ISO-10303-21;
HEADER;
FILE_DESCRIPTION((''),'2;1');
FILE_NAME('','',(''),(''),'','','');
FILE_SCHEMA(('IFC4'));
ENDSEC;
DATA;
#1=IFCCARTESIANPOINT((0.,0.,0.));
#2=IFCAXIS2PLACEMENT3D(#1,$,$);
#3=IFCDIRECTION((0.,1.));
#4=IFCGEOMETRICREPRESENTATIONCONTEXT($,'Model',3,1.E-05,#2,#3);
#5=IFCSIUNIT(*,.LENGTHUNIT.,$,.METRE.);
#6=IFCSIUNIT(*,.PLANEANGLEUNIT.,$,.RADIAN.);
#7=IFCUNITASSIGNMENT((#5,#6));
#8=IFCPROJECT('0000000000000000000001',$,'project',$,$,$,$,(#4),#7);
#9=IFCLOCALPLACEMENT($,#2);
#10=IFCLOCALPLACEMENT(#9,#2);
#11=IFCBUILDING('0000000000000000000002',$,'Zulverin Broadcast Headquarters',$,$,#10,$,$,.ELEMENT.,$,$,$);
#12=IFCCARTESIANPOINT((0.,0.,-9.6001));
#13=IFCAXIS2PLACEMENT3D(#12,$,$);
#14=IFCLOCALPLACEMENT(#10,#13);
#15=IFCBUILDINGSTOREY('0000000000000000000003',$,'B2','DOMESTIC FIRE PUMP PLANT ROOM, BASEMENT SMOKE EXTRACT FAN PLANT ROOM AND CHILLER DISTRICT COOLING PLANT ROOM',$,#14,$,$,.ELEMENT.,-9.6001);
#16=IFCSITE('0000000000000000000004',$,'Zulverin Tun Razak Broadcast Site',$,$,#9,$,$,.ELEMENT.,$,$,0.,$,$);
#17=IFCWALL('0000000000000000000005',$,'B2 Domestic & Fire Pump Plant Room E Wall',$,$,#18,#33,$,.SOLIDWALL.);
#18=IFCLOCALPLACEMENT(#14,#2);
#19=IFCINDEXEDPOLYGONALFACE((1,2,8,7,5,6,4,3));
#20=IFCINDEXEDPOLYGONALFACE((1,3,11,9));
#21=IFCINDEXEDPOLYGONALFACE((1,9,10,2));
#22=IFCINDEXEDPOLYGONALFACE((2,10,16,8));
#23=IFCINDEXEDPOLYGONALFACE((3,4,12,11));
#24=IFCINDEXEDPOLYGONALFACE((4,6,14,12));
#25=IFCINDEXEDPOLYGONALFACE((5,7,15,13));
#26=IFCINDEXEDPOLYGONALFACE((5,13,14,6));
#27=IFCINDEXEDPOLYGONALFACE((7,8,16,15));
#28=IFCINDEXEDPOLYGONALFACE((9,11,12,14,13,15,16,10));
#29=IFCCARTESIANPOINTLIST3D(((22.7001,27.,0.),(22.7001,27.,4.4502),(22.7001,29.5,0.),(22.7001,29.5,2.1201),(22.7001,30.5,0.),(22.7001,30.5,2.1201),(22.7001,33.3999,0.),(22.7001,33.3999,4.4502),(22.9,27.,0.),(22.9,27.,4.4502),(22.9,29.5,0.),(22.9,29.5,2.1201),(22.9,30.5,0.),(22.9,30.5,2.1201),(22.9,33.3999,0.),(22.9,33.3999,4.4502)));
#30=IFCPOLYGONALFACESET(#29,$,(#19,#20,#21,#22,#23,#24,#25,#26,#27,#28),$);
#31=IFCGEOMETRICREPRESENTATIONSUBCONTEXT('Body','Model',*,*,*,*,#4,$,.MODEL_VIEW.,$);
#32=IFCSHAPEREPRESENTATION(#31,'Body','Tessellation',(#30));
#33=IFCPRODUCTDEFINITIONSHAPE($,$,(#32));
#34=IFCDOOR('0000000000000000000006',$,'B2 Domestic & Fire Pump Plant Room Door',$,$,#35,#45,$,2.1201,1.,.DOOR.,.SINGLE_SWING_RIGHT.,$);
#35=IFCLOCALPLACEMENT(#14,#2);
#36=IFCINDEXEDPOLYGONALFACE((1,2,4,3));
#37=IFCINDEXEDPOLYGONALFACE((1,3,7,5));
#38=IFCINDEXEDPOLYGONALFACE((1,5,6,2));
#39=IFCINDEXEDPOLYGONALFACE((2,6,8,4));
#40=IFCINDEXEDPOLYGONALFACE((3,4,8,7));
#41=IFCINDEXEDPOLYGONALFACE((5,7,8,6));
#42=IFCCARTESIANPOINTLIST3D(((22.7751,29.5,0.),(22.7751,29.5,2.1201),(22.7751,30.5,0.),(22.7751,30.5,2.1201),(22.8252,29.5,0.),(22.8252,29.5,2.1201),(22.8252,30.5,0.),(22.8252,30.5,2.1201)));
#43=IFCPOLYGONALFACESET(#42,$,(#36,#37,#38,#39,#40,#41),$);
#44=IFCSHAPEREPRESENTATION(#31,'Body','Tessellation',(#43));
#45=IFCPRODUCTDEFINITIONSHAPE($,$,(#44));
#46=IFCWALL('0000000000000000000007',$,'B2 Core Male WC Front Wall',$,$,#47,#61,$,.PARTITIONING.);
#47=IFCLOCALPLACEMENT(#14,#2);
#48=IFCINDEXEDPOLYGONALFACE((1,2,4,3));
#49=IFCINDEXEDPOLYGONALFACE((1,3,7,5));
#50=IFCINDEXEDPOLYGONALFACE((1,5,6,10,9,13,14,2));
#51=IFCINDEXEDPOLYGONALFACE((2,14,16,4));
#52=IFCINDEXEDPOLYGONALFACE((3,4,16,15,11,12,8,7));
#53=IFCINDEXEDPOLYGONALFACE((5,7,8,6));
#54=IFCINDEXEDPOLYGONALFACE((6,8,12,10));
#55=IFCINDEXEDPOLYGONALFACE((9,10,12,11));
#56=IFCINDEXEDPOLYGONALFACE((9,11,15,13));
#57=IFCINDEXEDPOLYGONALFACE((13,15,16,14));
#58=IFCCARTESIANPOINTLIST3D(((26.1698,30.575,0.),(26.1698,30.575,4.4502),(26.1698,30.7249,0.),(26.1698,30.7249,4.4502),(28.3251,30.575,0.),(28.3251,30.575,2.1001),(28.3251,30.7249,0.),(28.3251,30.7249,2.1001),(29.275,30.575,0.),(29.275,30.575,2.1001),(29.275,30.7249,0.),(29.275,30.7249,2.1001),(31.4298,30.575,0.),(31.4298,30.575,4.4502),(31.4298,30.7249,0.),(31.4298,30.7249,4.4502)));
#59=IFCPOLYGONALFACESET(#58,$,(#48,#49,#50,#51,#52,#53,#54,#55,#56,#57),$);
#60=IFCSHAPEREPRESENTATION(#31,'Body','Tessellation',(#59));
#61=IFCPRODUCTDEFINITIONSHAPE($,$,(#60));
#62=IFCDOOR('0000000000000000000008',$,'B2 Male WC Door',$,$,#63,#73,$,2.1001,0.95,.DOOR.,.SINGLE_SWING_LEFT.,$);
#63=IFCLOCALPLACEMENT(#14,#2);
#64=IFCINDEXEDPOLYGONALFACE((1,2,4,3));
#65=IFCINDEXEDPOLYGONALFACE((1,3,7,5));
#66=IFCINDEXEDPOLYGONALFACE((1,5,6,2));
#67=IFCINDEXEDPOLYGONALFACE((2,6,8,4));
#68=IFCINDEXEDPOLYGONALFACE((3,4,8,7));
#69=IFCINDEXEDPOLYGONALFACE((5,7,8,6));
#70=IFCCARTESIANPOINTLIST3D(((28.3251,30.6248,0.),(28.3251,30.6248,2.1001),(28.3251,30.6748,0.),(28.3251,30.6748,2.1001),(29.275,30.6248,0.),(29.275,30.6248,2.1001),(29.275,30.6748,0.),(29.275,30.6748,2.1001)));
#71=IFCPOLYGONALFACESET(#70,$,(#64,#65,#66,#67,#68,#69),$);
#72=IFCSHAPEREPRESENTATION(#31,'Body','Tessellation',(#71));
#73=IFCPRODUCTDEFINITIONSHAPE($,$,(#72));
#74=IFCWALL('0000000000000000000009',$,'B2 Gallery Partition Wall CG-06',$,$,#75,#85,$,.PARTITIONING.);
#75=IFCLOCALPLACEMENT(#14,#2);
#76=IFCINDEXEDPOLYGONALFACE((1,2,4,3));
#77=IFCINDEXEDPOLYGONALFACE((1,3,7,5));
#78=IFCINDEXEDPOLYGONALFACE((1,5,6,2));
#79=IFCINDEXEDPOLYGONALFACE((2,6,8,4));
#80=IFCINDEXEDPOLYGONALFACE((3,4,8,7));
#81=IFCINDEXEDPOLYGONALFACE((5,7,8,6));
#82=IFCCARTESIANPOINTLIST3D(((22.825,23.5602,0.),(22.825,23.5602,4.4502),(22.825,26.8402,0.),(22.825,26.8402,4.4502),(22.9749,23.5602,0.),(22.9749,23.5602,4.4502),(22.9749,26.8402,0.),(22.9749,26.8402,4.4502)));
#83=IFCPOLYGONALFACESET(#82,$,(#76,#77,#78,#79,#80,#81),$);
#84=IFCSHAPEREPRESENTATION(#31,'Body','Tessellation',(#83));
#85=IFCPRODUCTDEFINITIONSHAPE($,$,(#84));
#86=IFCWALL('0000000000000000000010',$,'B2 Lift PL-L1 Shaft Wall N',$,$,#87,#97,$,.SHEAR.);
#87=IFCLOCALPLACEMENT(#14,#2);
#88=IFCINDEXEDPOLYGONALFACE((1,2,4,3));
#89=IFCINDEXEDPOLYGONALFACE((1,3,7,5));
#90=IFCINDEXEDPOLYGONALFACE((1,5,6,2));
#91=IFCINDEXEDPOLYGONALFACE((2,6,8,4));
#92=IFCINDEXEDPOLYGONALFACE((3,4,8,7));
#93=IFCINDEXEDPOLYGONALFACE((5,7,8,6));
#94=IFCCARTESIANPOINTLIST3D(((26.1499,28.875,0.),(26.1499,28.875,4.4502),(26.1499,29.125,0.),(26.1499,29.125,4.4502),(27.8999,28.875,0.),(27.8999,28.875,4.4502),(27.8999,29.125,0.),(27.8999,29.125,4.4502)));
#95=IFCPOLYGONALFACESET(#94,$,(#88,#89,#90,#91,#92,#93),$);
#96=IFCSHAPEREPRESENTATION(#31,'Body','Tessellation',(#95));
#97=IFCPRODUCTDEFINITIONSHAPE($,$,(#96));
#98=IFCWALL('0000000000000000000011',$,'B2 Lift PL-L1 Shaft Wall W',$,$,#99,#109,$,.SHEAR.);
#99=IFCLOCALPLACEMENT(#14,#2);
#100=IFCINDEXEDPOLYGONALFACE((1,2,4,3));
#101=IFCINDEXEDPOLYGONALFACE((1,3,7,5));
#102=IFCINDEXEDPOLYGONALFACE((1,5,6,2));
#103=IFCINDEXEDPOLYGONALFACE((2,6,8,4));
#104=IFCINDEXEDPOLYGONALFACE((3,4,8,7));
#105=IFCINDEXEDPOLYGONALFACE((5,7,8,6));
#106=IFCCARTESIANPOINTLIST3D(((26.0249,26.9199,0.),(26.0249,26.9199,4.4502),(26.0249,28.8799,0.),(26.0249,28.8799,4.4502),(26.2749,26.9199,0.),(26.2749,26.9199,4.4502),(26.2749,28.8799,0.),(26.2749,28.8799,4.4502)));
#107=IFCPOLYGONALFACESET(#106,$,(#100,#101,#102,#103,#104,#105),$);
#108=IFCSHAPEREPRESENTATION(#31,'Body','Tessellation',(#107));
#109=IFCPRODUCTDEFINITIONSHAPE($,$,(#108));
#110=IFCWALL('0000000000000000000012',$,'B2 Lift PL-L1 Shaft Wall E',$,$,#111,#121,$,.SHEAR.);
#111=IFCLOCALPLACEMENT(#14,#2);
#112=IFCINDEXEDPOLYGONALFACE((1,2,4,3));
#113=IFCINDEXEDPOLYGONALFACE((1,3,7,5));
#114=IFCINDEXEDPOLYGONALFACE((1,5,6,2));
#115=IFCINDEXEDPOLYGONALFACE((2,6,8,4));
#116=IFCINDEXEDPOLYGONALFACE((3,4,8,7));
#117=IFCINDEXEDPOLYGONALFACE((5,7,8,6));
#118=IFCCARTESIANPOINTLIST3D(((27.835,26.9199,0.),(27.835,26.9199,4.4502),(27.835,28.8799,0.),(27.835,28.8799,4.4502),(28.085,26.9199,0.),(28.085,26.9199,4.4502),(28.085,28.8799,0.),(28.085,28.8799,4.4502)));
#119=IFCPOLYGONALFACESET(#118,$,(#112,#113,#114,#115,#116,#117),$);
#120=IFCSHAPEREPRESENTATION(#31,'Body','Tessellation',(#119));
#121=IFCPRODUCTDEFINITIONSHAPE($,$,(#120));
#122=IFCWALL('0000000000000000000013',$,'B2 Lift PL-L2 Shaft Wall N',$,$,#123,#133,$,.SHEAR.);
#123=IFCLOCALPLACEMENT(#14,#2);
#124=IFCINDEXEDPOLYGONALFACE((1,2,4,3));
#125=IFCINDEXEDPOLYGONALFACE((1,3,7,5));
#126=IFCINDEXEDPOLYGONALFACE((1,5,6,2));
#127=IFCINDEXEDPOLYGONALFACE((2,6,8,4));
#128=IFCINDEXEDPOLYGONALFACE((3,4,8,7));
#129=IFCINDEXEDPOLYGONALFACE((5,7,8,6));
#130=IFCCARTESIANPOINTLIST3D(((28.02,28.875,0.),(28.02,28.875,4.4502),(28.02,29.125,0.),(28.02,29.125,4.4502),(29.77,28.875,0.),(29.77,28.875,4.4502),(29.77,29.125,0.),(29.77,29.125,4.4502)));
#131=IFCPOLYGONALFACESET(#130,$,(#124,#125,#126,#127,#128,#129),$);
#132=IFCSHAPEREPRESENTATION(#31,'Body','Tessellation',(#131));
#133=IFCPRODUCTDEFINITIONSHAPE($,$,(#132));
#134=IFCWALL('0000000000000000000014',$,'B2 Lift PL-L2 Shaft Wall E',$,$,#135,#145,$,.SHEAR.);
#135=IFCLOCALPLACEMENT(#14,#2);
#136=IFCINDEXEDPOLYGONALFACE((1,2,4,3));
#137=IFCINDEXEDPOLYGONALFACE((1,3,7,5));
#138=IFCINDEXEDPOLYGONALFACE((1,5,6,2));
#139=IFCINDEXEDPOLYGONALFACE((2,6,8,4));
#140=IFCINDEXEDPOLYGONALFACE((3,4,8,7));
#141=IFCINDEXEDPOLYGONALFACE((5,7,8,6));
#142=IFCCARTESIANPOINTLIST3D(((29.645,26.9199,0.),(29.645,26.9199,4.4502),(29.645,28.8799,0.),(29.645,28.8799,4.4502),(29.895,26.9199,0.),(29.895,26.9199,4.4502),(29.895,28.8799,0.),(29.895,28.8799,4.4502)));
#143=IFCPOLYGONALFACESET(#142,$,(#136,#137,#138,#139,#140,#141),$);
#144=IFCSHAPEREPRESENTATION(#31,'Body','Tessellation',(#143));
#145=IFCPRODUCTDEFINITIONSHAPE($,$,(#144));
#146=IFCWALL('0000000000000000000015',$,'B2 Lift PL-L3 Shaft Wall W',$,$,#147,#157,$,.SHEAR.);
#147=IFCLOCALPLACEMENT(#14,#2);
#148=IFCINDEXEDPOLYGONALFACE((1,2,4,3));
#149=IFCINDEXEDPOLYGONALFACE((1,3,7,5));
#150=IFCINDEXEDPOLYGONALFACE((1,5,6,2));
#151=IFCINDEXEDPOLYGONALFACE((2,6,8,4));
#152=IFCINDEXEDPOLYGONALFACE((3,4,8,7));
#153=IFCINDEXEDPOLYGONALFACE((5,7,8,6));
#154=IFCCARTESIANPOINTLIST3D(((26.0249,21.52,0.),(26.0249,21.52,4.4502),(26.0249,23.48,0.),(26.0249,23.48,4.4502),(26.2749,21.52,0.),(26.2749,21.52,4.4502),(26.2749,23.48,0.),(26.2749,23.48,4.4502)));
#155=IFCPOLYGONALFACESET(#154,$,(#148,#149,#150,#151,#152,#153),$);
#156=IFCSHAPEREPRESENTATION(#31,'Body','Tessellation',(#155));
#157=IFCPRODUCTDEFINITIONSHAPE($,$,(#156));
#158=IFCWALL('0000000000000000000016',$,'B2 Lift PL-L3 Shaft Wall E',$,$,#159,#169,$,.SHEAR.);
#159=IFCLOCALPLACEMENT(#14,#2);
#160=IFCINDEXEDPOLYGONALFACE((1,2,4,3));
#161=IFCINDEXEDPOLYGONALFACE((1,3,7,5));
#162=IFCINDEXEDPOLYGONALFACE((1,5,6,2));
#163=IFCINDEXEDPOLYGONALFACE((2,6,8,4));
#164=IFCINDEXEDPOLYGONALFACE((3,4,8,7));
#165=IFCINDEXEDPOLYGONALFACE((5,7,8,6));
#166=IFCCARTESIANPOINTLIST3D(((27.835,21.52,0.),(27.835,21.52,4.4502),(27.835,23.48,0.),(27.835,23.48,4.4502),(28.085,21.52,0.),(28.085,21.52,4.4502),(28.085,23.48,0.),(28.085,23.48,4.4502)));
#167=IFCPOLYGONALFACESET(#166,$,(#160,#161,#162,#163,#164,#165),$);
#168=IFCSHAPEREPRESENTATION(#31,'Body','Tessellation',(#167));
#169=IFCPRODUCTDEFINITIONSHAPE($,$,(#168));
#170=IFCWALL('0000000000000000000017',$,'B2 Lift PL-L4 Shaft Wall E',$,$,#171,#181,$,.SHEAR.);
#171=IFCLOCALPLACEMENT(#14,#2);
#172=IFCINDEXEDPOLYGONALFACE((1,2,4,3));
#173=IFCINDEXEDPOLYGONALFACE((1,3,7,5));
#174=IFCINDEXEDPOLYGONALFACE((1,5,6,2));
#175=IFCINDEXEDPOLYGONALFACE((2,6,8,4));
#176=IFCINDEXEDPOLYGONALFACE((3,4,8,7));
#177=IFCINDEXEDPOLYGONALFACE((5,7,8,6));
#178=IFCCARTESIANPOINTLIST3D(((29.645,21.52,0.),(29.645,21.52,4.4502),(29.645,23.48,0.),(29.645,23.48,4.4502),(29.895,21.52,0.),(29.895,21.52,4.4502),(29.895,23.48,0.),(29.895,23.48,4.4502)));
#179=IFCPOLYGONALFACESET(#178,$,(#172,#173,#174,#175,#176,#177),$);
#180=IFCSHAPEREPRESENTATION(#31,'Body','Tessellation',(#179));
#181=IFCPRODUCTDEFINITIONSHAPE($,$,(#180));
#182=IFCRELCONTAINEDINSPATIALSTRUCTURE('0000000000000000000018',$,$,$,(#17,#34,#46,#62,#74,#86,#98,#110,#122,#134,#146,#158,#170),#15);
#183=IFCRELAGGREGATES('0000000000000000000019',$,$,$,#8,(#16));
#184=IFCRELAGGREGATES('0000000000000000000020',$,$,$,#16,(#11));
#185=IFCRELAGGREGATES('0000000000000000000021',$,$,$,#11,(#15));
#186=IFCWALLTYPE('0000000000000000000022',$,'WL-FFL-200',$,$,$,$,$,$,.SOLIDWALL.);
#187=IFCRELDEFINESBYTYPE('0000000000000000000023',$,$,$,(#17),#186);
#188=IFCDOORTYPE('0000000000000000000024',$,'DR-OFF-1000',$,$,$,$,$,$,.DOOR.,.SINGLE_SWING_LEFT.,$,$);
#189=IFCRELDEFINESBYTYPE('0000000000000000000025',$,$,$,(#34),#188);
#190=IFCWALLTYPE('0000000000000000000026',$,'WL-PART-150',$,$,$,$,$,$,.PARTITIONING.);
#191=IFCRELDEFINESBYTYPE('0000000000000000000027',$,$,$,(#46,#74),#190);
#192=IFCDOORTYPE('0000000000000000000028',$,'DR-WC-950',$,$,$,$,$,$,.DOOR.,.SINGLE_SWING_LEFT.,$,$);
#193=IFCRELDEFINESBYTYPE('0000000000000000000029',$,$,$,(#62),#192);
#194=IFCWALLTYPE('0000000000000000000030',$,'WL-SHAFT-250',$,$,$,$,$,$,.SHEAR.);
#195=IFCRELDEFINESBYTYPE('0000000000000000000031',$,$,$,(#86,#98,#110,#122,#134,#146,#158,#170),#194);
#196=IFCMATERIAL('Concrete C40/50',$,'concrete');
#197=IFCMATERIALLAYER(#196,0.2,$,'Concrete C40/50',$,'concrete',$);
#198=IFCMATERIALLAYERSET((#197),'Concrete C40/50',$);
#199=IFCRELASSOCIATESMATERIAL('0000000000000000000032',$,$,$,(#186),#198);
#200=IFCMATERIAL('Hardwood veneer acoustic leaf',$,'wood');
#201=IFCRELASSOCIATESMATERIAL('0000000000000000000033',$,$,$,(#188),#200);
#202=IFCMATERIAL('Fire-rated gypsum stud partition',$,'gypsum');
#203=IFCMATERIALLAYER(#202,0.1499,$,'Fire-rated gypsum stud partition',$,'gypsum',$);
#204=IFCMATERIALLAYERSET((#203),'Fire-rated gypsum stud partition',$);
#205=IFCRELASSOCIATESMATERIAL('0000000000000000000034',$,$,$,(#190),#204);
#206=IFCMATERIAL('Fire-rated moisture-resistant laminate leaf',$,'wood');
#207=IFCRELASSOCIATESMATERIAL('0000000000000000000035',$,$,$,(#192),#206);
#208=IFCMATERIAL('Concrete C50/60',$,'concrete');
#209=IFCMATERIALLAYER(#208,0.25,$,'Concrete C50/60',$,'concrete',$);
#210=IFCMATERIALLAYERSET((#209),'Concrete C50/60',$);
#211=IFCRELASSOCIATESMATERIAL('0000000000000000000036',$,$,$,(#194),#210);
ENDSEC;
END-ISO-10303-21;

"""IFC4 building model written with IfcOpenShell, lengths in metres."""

from ifc_helpers import new_model, si_unit, direction, frame, frame_2d, origin, place, context, subcontext, project, spatial, rectangle, extrude, material, layer, layer_set, type_object, element, fill, save


model = new_model("IFC4")

# Units and contexts
model_context = context("Model", 3, precision=1e-05, world=origin(), true_north=direction((0.0, 1.0)))
body_context = subcontext(model_context, "Body", "Model", "MODEL_VIEW")
ifc_project = project(units=[si_unit("LENGTHUNIT", "METRE"), si_unit("PLANEANGLEUNIT", "RADIAN")], contexts=[model_context])

# Site, building, storey
site_placement = place(None, origin())
site = spatial("IfcSite", under=ifc_project, at=site_placement, Name="Zulverin Tun Razak Broadcast Site", CompositionType="ELEMENT", RefElevation=0.0)
building_placement = place(site_placement, origin())
building = spatial("IfcBuilding", under=site, at=building_placement, Name="Zulverin Broadcast Headquarters", CompositionType="ELEMENT")
storey_placement = place(building_placement, frame((0.0, 0.0, -9.6001)))
storey = spatial("IfcBuildingStorey", under=building, at=storey_placement, Name="B2", Description="DOMESTIC FIRE PUMP PLANT ROOM, BASEMENT SMOKE EXTRACT FAN PLANT ROOM AND CHILLER DISTRICT COOLING PLANT ROOM", CompositionType="ELEMENT", Elevation=-9.6001)

# Shared definitions
ifc_material_1 = material(Name="Concrete C50/60", Category="concrete")

# Shared definitions
ifc_material_2 = material(Name="Concrete C40/50", Category="concrete")

# Walls, openings, doors
ifc_layer_1 = layer(ifc_material_2, 0.2, Name="Concrete C40/50", Category="concrete")
ifc_layer_set_1 = layer_set([ifc_layer_1], Name="Concrete C40/50")
wall_type_1 = type_object("IfcWallType", Name="WL-FFL-200", PredefinedType="SOLIDWALL", material=ifc_layer_set_1)
wall_1_placement = place(storey_placement, frame((22.8, 27.0, 0.0), z_axis=(0.0, 0.0, 1.0), x_axis=(0.0, 1.0, 0.0)))
wall_1 = element("IfcWall", 1, at=wall_1_placement, inside=storey, type_object=wall_type_1, Name="B2 Domestic & Fire Pump Plant Room E Wall", PredefinedType="SOLIDWALL", context=body_context, shape_type="SweptSolid", body=[
    extrude(rectangle(XDim=6.3999, YDim=0.2, at=frame_2d((3.2, 0.0))), origin(), (0.0, 0.0, 1.0), 4.4502),
])
opening_1_placement = place(wall_1_placement, frame((2.5, 0.0, 0.0)))
opening_1 = element("IfcOpeningElement", 2, at=opening_1_placement, cuts=wall_1, PredefinedType="OPENING", context=body_context, shape_type="SweptSolid", body=[
    extrude(rectangle(XDim=1.0, YDim=2.1201, at=frame_2d((0.5, 1.0601))), frame((0.0, 0.1099, 0.0), z_axis=(0.0, -1.0, 0.0), x_axis=(1.0, 0.0, 0.0)), (0.0, 0.0, 1.0), 0.22),
])
ifc_material_3 = material(Name="Hardwood veneer acoustic leaf", Category="wood")
door_type_1 = type_object("IfcDoorType", Name="DR-OFF-1000", OperationType="SINGLE_SWING_LEFT", PredefinedType="DOOR", material=ifc_material_3)
door_1_placement = place(opening_1_placement, origin())
door_1 = element("IfcDoor", 3, at=door_1_placement, inside=storey, type_object=door_type_1, Name="B2 Domestic & Fire Pump Plant Room Door", OperationType="SINGLE_SWING_RIGHT", OverallHeight=2.1201, OverallWidth=1.0, PredefinedType="DOOR", context=body_context, shape_type="SweptSolid", body=[
    extrude(rectangle(XDim=1.0, YDim=2.1201, at=frame_2d((0.5, 1.0601))), frame((0.0, 0.0249, 0.0), z_axis=(0.0, -1.0, 0.0), x_axis=(1.0, 0.0, 0.0)), (0.0, 0.0, 1.0), 0.05),
])
fill(opening_1, door_1)
ifc_material_4 = material(Name="Fire-rated gypsum stud partition", Category="gypsum")
ifc_layer_2 = layer(ifc_material_4, 0.1499, Name="Fire-rated gypsum stud partition", Category="gypsum")
ifc_layer_set_2 = layer_set([ifc_layer_2], Name="Fire-rated gypsum stud partition")
wall_type_2 = type_object("IfcWallType", Name="WL-PART-150", PredefinedType="PARTITIONING", material=ifc_layer_set_2)
wall_2_placement = place(storey_placement, frame((26.1699, 30.6499, 0.0), z_axis=(0.0, 0.0, 1.0), x_axis=(1.0, 0.0, 0.0)))
wall_2 = element("IfcWall", 4, at=wall_2_placement, inside=storey, type_object=wall_type_2, Name="B2 Core Male WC Front Wall", PredefinedType="PARTITIONING", context=body_context, shape_type="SweptSolid", body=[
    extrude(rectangle(XDim=5.26, YDim=0.1499, at=frame_2d((2.6299, 0.0))), origin(), (0.0, 0.0, 1.0), 4.4502),
])
opening_2_placement = place(wall_2_placement, frame((2.155, 0.0, 0.0)))
opening_2 = element("IfcOpeningElement", 5, at=opening_2_placement, cuts=wall_2, PredefinedType="OPENING", context=body_context, shape_type="SweptSolid", body=[
    extrude(rectangle(XDim=0.95, YDim=2.1001, at=frame_2d((0.4751, 1.05))), frame((0.0, 0.085, 0.0), z_axis=(0.0, -1.0, 0.0), x_axis=(1.0, 0.0, 0.0)), (0.0, 0.0, 1.0), 0.1699),
])
ifc_material_5 = material(Name="Fire-rated moisture-resistant laminate leaf", Category="wood")
door_type_2 = type_object("IfcDoorType", Name="DR-WC-950", OperationType="SINGLE_SWING_LEFT", PredefinedType="DOOR", material=ifc_material_5)
door_2_placement = place(opening_2_placement, origin())
door_2 = element("IfcDoor", 6, at=door_2_placement, inside=storey, type_object=door_type_2, Name="B2 Male WC Door", OperationType="SINGLE_SWING_LEFT", OverallHeight=2.1001, OverallWidth=0.95, PredefinedType="DOOR", context=body_context, shape_type="SweptSolid", body=[
    extrude(rectangle(XDim=0.95, YDim=2.1001, at=frame_2d((0.4751, 1.05))), frame((0.0, 0.0249, 0.0), z_axis=(0.0, -1.0, 0.0), x_axis=(1.0, 0.0, 0.0)), (0.0, 0.0, 1.0), 0.05),
])
fill(opening_2, door_2)

# Wall
wall_3_placement = place(storey_placement, frame((22.8999, 23.5601, 0.0), z_axis=(0.0, 0.0, 1.0), x_axis=(0.0, 1.0, 0.0)))
element("IfcWall", 7, at=wall_3_placement, inside=storey, type_object=wall_type_2, Name="B2 Gallery Partition Wall CG-06", PredefinedType="PARTITIONING", context=body_context, shape_type="SweptSolid", body=[
    extrude(rectangle(XDim=3.28, YDim=0.1499, at=frame_2d((1.6401, 0.0))), origin(), (0.0, 0.0, 1.0), 4.4502),
])

# Shared definitions
ifc_layer_3 = layer(ifc_material_1, 0.25, Name="Concrete C50/60", Category="concrete")
ifc_layer_set_3 = layer_set([ifc_layer_3], Name="Concrete C50/60")
wall_type_3 = type_object("IfcWallType", Name="WL-SHAFT-250", PredefinedType="SHEAR", material=ifc_layer_set_3)

# Walls
wall_4_placement = place(storey_placement, frame((26.1499, 29.0, 0.0), z_axis=(0.0, 0.0, 1.0), x_axis=(1.0, 0.0, 0.0)))
element("IfcWall", 8, at=wall_4_placement, inside=storey, type_object=wall_type_3, Name="B2 Lift PL-L1 Shaft Wall N", PredefinedType="SHEAR", context=body_context, shape_type="SweptSolid", body=[
    extrude(rectangle(XDim=1.75, YDim=0.25, at=frame_2d((0.875, 0.0))), origin(), (0.0, 0.0, 1.0), 4.4502),
])
for number, where, z_axis, x_axis, name in (
    (9, (26.1499, 26.9199, 0.0), (0.0, 0.0, 1.0), (0.0, 1.0, 0.0), "B2 Lift PL-L1 Shaft Wall W"),
    (10, (27.96, 26.9199, 0.0), (0.0, 0.0, 1.0), (0.0, 1.0, 0.0), "B2 Lift PL-L1 Shaft Wall E"),
):
    element("IfcWall", number, at=place(storey_placement, frame(where, z_axis=z_axis, x_axis=x_axis)), inside=storey, type_object=wall_type_3, Name=name, PredefinedType="SHEAR", context=body_context, shape_type="SweptSolid", body=[
        extrude(rectangle(XDim=1.96, YDim=0.25, at=frame_2d((0.98, 0.0))), origin(), (0.0, 0.0, 1.0), 4.4502),
    ])

# Walls
wall_5_placement = place(storey_placement, frame((28.02, 29.0, 0.0), z_axis=(0.0, 0.0, 1.0), x_axis=(1.0, 0.0, 0.0)))
element("IfcWall", 11, at=wall_5_placement, inside=storey, type_object=wall_type_3, Name="B2 Lift PL-L2 Shaft Wall N", PredefinedType="SHEAR", context=body_context, shape_type="SweptSolid", body=[
    extrude(rectangle(XDim=1.75, YDim=0.25, at=frame_2d((0.875, 0.0))), origin(), (0.0, 0.0, 1.0), 4.4502),
])
wall_6_placement = place(storey_placement, frame((29.77, 26.9199, 0.0), z_axis=(0.0, 0.0, 1.0), x_axis=(0.0, 1.0, 0.0)))
element("IfcWall", 12, at=wall_6_placement, inside=storey, type_object=wall_type_3, Name="B2 Lift PL-L2 Shaft Wall E", PredefinedType="SHEAR", context=body_context, shape_type="SweptSolid", body=[
    extrude(rectangle(XDim=1.96, YDim=0.25, at=frame_2d((0.98, 0.0))), origin(), (0.0, 0.0, 1.0), 4.4502),
])

# Walls
for number, where, z_axis, x_axis, name in (
    (13, (26.1499, 21.52, 0.0), (0.0, 0.0, 1.0), (0.0, 1.0, 0.0), "B2 Lift PL-L3 Shaft Wall W"),
    (14, (27.96, 21.52, 0.0), (0.0, 0.0, 1.0), (0.0, 1.0, 0.0), "B2 Lift PL-L3 Shaft Wall E"),
):
    element("IfcWall", number, at=place(storey_placement, frame(where, z_axis=z_axis, x_axis=x_axis)), inside=storey, type_object=wall_type_3, Name=name, PredefinedType="SHEAR", context=body_context, shape_type="SweptSolid", body=[
        extrude(rectangle(XDim=1.96, YDim=0.25, at=frame_2d((0.98, 0.0))), origin(), (0.0, 0.0, 1.0), 4.4502),
    ])

# Wall
wall_7_placement = place(storey_placement, frame((29.77, 21.52, 0.0), z_axis=(0.0, 0.0, 1.0), x_axis=(0.0, 1.0, 0.0)))
element("IfcWall", 15, at=wall_7_placement, inside=storey, type_object=wall_type_3, Name="B2 Lift PL-L4 Shaft Wall E", PredefinedType="SHEAR", context=body_context, shape_type="SweptSolid", body=[
    extrude(rectangle(XDim=1.96, YDim=0.25, at=frame_2d((0.98, 0.0))), origin(), (0.0, 0.0, 1.0), 4.4502),
])

save(model, "model.ifc")
